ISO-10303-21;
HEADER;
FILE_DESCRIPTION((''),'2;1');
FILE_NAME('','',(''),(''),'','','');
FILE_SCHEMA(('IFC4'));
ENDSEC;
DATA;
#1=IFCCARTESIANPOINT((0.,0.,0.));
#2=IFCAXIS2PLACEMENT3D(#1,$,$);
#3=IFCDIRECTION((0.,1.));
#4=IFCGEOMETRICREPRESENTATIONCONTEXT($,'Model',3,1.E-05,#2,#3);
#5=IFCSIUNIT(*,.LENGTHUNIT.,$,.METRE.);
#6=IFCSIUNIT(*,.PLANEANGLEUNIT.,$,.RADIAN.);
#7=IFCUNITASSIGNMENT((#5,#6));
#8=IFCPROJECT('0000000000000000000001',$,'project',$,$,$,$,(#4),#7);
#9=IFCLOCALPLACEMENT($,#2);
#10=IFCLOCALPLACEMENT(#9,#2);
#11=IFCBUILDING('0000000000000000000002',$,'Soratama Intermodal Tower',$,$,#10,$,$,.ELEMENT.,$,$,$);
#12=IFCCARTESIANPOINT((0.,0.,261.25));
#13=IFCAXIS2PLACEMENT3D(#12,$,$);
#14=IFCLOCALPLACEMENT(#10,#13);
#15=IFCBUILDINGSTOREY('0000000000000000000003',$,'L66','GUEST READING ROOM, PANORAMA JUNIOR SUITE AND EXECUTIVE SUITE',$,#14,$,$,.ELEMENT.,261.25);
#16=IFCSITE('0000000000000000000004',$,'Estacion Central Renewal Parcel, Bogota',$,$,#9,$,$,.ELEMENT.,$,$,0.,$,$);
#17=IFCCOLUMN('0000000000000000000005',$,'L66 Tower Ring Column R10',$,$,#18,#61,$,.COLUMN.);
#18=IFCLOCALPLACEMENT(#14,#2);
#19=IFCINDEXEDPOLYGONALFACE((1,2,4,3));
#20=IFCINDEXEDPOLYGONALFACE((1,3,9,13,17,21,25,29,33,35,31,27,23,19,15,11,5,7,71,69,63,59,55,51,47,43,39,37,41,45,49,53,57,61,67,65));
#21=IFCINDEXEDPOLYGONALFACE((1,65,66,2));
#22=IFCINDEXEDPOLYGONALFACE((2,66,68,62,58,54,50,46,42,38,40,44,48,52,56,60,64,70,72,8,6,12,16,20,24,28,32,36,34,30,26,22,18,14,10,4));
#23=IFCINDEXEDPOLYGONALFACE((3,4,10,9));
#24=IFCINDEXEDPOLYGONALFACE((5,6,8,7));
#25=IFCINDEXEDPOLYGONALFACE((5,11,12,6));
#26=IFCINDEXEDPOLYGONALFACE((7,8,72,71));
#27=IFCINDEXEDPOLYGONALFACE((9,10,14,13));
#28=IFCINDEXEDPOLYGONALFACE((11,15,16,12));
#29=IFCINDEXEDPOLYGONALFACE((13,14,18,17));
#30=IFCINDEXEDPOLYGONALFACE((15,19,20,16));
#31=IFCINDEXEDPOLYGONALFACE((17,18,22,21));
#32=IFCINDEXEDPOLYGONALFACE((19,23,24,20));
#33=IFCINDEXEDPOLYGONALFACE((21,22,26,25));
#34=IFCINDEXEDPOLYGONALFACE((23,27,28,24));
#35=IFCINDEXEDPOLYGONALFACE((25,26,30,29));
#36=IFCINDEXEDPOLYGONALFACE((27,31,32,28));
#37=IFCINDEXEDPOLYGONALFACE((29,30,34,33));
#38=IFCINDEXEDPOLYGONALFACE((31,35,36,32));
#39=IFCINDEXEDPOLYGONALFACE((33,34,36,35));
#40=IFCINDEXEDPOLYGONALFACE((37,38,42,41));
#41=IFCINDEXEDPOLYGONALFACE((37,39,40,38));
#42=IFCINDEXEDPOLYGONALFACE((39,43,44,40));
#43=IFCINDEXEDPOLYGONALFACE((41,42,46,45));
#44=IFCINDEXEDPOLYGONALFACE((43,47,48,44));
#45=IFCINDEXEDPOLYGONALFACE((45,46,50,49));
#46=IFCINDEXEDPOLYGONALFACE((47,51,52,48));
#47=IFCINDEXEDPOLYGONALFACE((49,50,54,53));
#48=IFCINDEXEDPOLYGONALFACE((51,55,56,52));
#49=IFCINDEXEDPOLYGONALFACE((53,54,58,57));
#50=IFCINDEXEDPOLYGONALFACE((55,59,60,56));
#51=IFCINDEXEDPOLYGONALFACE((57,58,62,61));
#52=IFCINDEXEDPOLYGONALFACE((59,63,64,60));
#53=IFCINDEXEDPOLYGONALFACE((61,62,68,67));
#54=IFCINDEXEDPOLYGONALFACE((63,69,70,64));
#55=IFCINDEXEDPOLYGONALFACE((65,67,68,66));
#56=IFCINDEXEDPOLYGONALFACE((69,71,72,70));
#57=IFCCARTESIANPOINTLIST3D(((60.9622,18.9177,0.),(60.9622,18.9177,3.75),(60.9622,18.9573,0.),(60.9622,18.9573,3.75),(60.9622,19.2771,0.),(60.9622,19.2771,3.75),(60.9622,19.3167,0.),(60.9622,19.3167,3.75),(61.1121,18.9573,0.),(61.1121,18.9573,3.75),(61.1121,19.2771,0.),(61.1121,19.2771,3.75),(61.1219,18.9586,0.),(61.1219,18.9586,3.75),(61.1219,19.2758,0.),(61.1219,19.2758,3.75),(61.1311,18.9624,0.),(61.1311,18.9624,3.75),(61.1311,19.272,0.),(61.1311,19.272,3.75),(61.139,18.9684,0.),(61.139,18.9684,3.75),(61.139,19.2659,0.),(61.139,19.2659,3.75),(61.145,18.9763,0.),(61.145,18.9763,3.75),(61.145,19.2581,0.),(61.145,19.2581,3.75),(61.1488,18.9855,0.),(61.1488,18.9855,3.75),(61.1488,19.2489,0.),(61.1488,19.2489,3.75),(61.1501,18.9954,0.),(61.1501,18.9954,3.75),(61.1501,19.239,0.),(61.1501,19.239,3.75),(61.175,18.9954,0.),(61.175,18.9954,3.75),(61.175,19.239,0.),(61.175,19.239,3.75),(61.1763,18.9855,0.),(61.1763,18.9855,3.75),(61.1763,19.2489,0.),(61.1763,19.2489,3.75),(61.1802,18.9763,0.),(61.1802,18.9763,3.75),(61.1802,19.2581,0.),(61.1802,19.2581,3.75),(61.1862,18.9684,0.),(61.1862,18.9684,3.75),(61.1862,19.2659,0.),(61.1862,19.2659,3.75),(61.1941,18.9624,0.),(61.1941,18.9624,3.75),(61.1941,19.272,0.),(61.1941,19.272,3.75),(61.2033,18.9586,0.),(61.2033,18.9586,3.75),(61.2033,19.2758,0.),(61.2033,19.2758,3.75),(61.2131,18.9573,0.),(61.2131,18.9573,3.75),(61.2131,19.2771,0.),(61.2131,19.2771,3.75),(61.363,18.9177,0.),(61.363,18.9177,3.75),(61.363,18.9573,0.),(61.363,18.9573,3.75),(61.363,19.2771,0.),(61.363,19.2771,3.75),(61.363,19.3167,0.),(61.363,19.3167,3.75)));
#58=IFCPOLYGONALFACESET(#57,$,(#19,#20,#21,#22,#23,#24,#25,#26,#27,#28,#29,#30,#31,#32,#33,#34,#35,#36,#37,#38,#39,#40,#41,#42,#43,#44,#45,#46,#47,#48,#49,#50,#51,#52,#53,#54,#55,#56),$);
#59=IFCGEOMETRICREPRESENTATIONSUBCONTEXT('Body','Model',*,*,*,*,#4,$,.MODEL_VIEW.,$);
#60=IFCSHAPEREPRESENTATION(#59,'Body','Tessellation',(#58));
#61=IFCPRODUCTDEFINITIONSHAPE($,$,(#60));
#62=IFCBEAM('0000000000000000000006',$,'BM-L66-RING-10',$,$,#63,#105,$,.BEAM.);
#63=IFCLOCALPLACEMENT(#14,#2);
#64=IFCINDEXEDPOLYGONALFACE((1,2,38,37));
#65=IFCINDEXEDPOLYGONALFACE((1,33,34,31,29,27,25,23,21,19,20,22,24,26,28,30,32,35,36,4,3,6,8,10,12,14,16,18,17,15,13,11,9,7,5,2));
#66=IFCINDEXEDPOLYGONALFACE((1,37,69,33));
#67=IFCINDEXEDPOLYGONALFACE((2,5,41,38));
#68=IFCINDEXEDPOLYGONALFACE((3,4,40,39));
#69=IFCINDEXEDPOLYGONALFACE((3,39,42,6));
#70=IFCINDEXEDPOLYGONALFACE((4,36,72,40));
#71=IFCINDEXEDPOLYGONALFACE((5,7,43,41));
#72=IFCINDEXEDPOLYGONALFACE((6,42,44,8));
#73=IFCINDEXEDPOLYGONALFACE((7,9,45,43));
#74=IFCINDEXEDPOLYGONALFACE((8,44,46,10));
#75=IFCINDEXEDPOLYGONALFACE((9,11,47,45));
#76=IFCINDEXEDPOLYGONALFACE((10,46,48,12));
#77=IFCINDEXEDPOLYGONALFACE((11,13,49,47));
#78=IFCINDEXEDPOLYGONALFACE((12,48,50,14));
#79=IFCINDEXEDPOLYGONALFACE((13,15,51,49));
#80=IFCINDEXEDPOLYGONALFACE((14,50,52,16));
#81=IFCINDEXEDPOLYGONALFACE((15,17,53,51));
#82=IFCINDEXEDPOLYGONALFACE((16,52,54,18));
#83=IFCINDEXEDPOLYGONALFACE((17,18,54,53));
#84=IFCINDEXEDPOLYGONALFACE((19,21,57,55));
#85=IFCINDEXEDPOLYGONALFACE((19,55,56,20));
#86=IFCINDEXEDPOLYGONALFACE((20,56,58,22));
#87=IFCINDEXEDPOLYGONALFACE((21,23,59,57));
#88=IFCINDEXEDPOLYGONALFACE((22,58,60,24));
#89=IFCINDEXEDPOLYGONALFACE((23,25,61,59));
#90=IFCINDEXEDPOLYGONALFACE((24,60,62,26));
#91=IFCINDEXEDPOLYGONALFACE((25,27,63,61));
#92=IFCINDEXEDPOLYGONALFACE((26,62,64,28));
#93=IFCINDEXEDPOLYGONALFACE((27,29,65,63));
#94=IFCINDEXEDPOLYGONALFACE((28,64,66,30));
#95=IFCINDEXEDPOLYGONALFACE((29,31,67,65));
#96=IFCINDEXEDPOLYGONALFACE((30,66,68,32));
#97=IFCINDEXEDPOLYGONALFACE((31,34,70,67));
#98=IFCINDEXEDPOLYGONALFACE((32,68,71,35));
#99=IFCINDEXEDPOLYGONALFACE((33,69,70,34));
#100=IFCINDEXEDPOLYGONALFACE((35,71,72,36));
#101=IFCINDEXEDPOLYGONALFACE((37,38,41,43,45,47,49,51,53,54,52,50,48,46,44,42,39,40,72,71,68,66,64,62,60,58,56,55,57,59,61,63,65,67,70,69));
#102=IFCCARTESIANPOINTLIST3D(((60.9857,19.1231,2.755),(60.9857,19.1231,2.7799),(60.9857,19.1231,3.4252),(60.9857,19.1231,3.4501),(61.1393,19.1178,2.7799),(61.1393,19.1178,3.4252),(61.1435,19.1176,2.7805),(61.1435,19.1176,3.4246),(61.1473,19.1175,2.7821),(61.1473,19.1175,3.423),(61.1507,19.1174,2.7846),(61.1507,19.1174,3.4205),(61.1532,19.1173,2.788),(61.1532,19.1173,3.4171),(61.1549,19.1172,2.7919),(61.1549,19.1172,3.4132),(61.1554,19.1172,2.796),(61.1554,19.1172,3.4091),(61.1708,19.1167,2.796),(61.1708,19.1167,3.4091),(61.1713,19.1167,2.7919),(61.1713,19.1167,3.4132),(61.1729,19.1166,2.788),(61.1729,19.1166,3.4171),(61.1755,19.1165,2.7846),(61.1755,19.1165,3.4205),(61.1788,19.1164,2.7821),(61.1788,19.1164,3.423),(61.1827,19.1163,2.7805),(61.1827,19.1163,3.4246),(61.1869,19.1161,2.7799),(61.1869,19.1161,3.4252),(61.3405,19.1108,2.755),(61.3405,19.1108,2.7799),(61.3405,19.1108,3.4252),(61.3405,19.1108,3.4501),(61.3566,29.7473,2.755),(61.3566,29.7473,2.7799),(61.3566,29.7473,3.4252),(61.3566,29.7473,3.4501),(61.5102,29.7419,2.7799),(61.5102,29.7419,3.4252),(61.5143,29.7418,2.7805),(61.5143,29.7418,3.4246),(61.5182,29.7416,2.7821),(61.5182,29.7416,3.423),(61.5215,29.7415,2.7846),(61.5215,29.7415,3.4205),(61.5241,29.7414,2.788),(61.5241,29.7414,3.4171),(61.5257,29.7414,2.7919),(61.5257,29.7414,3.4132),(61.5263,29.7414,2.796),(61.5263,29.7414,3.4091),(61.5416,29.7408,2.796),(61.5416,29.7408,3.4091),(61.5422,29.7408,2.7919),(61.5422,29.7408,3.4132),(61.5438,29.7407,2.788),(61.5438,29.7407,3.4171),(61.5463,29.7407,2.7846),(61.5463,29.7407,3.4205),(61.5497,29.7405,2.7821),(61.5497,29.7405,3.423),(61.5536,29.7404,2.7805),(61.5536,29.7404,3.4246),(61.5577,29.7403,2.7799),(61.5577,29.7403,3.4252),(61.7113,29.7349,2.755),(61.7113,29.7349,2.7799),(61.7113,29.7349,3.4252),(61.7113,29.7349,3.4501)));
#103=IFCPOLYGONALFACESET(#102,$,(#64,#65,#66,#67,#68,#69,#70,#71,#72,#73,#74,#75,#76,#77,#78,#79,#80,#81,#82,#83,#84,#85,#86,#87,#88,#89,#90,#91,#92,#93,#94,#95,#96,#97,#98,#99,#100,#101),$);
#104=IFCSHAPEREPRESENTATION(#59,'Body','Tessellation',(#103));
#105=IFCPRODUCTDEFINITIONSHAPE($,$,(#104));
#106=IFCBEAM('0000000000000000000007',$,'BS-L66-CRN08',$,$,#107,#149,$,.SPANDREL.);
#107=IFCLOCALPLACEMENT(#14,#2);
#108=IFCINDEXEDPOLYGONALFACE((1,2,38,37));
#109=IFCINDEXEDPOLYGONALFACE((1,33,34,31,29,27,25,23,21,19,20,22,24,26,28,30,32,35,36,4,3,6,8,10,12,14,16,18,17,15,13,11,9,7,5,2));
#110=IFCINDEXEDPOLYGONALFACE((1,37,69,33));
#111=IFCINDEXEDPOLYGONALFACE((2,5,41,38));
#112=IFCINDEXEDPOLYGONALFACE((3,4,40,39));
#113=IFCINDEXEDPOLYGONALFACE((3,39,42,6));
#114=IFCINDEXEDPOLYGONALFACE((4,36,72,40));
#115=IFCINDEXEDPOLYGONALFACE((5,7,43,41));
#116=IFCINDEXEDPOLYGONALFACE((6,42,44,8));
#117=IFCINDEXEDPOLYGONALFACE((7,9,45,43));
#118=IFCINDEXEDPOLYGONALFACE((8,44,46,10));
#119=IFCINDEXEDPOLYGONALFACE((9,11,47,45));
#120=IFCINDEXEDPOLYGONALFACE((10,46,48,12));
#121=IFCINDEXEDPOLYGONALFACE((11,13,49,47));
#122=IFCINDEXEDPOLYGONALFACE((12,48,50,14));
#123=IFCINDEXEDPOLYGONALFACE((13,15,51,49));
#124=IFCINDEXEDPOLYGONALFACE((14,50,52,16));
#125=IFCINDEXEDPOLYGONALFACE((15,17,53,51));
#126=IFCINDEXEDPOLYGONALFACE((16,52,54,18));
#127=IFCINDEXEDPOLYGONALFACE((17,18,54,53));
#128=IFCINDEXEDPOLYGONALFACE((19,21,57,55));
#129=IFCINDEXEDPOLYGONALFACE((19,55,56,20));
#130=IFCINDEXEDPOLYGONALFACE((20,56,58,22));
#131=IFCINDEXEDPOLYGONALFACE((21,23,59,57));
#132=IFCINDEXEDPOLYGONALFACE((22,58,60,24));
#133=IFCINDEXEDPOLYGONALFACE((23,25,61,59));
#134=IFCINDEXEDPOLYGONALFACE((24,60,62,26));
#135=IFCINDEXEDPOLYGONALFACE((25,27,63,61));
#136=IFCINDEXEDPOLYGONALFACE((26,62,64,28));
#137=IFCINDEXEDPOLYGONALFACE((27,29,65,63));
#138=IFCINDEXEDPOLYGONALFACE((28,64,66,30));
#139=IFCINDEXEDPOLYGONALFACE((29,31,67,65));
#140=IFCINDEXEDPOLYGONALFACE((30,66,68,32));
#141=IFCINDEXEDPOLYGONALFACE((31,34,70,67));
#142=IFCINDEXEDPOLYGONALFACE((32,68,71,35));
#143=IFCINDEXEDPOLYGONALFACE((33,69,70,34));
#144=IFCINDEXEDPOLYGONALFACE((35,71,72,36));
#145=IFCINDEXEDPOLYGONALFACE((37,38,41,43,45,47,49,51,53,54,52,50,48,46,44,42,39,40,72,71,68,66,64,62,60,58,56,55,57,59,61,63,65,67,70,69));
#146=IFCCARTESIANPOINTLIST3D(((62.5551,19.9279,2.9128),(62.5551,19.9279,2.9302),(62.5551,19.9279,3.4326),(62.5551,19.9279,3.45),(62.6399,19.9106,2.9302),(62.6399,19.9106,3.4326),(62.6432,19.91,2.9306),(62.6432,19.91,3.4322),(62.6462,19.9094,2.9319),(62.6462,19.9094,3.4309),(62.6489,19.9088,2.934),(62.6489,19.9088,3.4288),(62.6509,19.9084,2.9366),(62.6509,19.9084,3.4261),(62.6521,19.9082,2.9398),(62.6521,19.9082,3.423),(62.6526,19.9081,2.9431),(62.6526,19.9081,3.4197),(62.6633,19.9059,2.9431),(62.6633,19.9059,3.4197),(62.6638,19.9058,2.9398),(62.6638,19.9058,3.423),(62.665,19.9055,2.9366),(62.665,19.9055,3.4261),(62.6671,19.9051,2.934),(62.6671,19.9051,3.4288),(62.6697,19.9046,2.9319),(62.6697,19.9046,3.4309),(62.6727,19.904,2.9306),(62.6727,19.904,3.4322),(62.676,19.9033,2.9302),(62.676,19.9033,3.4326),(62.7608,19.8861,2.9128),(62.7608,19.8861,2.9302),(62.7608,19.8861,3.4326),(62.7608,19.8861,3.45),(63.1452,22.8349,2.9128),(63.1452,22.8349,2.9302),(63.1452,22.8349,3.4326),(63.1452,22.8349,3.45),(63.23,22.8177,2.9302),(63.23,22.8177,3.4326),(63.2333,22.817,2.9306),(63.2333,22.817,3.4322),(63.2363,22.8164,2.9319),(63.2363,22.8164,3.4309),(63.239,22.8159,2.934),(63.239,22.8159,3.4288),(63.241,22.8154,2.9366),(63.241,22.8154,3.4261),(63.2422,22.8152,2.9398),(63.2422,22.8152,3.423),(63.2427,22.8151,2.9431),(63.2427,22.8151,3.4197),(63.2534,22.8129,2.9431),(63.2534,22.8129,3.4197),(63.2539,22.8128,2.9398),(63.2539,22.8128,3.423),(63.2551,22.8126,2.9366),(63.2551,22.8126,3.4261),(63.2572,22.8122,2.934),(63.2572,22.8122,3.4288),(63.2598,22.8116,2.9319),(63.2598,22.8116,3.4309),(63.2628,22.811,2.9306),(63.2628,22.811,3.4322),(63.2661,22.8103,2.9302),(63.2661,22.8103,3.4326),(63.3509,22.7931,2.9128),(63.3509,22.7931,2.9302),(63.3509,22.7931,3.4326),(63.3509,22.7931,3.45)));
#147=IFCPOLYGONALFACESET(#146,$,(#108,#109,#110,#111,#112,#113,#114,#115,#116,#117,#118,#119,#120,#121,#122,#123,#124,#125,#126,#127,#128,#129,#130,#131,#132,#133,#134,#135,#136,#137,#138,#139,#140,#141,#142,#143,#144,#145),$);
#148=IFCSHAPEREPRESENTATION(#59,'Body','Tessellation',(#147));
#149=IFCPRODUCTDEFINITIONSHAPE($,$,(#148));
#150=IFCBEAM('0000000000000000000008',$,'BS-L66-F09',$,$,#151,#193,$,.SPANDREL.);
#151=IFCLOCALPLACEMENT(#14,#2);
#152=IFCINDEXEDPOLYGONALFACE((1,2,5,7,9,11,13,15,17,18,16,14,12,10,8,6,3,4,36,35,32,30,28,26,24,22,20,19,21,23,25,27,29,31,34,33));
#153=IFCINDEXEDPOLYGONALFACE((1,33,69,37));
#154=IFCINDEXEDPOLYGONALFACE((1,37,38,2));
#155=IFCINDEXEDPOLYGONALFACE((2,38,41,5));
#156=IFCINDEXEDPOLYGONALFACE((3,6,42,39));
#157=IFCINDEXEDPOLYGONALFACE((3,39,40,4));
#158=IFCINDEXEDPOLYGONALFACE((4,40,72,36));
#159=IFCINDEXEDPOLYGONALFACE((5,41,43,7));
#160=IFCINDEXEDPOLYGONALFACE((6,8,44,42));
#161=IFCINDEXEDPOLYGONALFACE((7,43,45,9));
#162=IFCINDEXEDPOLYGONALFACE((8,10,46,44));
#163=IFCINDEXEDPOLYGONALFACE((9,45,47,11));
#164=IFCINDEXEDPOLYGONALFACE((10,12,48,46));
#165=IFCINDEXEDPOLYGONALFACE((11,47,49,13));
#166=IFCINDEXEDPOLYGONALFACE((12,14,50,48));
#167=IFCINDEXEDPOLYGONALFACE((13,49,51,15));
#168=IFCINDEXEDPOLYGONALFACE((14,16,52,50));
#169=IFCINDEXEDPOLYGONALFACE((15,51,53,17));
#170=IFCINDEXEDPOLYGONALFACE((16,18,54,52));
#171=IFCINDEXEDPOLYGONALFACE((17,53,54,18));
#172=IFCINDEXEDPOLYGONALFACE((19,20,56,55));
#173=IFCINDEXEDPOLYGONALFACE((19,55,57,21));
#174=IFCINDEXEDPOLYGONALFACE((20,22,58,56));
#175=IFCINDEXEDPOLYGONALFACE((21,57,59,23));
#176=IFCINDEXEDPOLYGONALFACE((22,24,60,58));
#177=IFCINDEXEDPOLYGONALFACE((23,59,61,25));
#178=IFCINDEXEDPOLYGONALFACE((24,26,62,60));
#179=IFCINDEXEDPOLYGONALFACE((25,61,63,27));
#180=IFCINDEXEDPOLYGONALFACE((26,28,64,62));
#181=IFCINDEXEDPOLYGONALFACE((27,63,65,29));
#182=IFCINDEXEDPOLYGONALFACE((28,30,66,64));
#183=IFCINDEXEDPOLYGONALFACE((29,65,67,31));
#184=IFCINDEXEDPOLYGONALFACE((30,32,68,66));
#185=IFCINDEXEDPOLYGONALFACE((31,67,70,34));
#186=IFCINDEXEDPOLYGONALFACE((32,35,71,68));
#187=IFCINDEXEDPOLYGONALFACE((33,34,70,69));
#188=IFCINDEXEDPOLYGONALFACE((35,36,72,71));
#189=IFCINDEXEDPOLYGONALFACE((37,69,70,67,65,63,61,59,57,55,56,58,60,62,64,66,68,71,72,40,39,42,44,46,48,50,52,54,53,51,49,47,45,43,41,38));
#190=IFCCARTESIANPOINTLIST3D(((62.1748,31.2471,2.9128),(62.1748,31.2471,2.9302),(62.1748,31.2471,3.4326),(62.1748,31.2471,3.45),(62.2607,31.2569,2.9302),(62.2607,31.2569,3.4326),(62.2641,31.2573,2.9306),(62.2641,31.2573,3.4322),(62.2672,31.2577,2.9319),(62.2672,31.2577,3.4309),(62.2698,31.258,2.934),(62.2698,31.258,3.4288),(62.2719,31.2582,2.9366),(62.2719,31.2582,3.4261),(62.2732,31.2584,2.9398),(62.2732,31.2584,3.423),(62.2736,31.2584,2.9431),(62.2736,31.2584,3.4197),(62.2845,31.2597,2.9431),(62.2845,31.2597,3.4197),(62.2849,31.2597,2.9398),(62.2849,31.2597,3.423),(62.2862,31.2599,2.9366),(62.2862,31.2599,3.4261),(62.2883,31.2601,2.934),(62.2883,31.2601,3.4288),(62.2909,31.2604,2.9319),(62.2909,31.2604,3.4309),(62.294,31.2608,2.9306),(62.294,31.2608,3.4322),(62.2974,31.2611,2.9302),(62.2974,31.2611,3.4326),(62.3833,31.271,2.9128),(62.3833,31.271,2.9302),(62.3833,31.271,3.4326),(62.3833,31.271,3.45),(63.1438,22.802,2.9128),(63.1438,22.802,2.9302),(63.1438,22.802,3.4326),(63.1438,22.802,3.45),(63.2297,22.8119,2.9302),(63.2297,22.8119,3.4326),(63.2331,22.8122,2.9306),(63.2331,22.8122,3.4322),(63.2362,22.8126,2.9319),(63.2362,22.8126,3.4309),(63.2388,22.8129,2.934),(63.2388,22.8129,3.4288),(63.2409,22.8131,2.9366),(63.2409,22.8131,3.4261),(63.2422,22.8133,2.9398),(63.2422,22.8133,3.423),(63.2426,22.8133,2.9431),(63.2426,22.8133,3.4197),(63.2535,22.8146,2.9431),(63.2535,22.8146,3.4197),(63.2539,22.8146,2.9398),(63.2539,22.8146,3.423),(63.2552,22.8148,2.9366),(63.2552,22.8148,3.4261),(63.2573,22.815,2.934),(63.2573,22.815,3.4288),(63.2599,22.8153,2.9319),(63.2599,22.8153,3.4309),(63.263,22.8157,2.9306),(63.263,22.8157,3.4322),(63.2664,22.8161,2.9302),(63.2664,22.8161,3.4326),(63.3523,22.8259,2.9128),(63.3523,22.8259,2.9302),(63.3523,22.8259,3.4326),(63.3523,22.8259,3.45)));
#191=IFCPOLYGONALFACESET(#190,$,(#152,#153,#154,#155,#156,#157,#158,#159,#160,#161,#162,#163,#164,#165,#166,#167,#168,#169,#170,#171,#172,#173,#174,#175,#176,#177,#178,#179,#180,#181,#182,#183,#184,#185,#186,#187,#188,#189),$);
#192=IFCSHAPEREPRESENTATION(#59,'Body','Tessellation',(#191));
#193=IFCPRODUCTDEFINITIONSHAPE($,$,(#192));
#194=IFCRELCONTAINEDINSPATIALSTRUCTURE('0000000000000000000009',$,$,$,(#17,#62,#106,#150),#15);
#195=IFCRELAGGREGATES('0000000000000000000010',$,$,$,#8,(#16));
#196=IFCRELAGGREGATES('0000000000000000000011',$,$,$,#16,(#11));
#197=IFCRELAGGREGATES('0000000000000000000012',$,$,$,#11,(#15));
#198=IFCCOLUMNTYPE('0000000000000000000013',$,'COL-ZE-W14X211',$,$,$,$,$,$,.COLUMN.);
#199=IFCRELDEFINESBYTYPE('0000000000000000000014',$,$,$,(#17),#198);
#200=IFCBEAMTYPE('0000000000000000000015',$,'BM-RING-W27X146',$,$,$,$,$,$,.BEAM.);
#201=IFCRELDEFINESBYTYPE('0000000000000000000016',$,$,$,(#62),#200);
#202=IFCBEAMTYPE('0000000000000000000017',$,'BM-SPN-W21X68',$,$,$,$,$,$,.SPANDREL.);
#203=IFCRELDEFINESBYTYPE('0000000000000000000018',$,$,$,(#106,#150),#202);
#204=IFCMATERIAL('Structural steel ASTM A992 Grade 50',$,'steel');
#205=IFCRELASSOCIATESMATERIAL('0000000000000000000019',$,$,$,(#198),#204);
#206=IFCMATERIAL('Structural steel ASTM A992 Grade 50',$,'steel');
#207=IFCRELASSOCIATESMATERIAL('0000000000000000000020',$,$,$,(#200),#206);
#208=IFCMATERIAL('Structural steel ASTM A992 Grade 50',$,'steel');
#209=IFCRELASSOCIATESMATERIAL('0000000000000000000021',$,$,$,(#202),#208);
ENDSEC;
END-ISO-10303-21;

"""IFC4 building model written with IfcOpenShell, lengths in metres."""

from ifc_helpers import new_model, si_unit, direction, frame, origin, origin_2d, place, context, subcontext, project, spatial, i_section, extrude, material, material_profile, profile_set, type_object, element, save


model = new_model("IFC4")

# Units and contexts
model_context = context("Model", 3, precision=1e-05, world=origin(), true_north=direction((0.0, 1.0)))
body_context = subcontext(model_context, "Body", "Model", "MODEL_VIEW")
ifc_project = project(units=[si_unit("LENGTHUNIT", "METRE"), si_unit("PLANEANGLEUNIT", "RADIAN")], contexts=[model_context])

# Site, building, storey
site_placement = place(None, origin())
site = spatial("IfcSite", under=ifc_project, at=site_placement, Name="Estacion Central Renewal Parcel, Bogota", CompositionType="ELEMENT", RefElevation=0.0)
building_placement = place(site_placement, origin())
building = spatial("IfcBuilding", under=site, at=building_placement, Name="Soratama Intermodal Tower", CompositionType="ELEMENT")
storey_placement = place(building_placement, frame((0.0, 0.0, 261.25)))
storey = spatial("IfcBuildingStorey", under=building, at=storey_placement, Name="L66", Description="GUEST READING ROOM, PANORAMA JUNIOR SUITE AND EXECUTIVE SUITE", CompositionType="ELEMENT", Elevation=261.25)

# Column
ifc_material_1 = material(Name="Structural steel ASTM A992 Grade 50", Category="steel")
ifc_material_profile_1 = material_profile(ifc_material_1, i_section(OverallWidth=0.4009, OverallDepth=0.3989, WebThickness=0.0249, FlangeThickness=0.0396, FilletRadius=0.0381, at=origin_2d()), Name="W14X211")
ifc_profile_set_1 = profile_set([ifc_material_profile_1], Name="Structural steel ASTM A992 Grade 50")
column_type = type_object("IfcColumnType", Name="COL-ZE-W14X211", PredefinedType="COLUMN", material=ifc_profile_set_1)
column_placement = place(storey_placement, frame((61.1626, 19.1172, 0.0), z_axis=(0.0, 0.0, 1.0), x_axis=(1.0, 0.0, 0.0)))
element("IfcColumn", 1, at=column_placement, inside=storey, type_object=column_type, Name="L66 Tower Ring Column R10", PredefinedType="COLUMN", context=body_context, shape_type="SweptSolid", body=[
    extrude(i_section(OverallWidth=0.4009, OverallDepth=0.3989, WebThickness=0.0249, FlangeThickness=0.0396, FilletRadius=0.0381, at=origin_2d()), origin(), (0.0, 0.0, 1.0), 3.75),
])

# Beams
ifc_material_2 = material(Name="Structural steel ASTM A992 Grade 50", Category="steel")
ifc_material_profile_2 = material_profile(ifc_material_2, i_section(OverallWidth=0.355, OverallDepth=0.6951, WebThickness=0.0154, FlangeThickness=0.0249, FilletRadius=0.0161, at=origin_2d()), Name="W27X146")
ifc_profile_set_2 = profile_set([ifc_material_profile_2], Name="Structural steel ASTM A992 Grade 50")
beam_type_1 = type_object("IfcBeamType", Name="BM-RING-W27X146", PredefinedType="BEAM", material=ifc_profile_set_2)
beam_1_placement = place(storey_placement, frame((61.1631, 19.1169, 3.1025), z_axis=(0.034885, 0.999391, 0.0), x_axis=(-0.999391, 0.034885, 0.0)))
element("IfcBeam", 2, at=beam_1_placement, inside=storey, type_object=beam_type_1, Name="BM-L66-RING-10", PredefinedType="BEAM", context=body_context, shape_type="SweptSolid", body=[
    extrude(i_section(OverallWidth=0.355, OverallDepth=0.6951, WebThickness=0.0154, FlangeThickness=0.0249, FilletRadius=0.0161, at=origin_2d()), origin(), (0.0, 0.0, 1.0), 10.6306),
])
ifc_material_3 = material(Name="Structural steel ASTM A992 Grade 50", Category="steel")
ifc_material_profile_3 = material_profile(ifc_material_3, i_section(OverallWidth=0.21, OverallDepth=0.5371, WebThickness=0.011, FlangeThickness=0.0173, FilletRadius=0.0129, at=origin_2d()), Name="W21X68")
ifc_profile_set_3 = profile_set([ifc_material_profile_3], Name="Structural steel ASTM A992 Grade 50")
beam_type_2 = type_object("IfcBeamType", Name="BM-SPN-W21X68", PredefinedType="SPANDREL", material=ifc_profile_set_3)
beam_2_placement = place(storey_placement, frame((62.658, 19.907, 3.1814), z_axis=(0.198933, 0.980013, 0.0), x_axis=(-0.980013, 0.198933, 0.0)))
element("IfcBeam", 3, at=beam_2_placement, inside=storey, type_object=beam_type_2, Name="BS-L66-CRN08", PredefinedType="SPANDREL", context=body_context, shape_type="SweptSolid", body=[
    extrude(i_section(OverallWidth=0.21, OverallDepth=0.5371, WebThickness=0.011, FlangeThickness=0.0173, FilletRadius=0.0129, at=origin_2d()), origin(), (0.0, 0.0, 1.0), 2.9663),
])
beam_3_placement = place(storey_placement, frame((63.248, 22.814, 3.1814), z_axis=(-0.113993, 0.993482, 0.0), x_axis=(-0.993482, -0.113993, 0.0)))
element("IfcBeam", 4, at=beam_3_placement, inside=storey, type_object=beam_type_2, Name="BS-L66-F09", PredefinedType="SPANDREL", context=body_context, shape_type="SweptSolid", body=[
    extrude(i_section(OverallWidth=0.21, OverallDepth=0.5371, WebThickness=0.011, FlangeThickness=0.0173, FilletRadius=0.0129, at=origin_2d()), origin(), (0.0, 0.0, 1.0), 8.5005),
])

save(model, "model.ifc")
